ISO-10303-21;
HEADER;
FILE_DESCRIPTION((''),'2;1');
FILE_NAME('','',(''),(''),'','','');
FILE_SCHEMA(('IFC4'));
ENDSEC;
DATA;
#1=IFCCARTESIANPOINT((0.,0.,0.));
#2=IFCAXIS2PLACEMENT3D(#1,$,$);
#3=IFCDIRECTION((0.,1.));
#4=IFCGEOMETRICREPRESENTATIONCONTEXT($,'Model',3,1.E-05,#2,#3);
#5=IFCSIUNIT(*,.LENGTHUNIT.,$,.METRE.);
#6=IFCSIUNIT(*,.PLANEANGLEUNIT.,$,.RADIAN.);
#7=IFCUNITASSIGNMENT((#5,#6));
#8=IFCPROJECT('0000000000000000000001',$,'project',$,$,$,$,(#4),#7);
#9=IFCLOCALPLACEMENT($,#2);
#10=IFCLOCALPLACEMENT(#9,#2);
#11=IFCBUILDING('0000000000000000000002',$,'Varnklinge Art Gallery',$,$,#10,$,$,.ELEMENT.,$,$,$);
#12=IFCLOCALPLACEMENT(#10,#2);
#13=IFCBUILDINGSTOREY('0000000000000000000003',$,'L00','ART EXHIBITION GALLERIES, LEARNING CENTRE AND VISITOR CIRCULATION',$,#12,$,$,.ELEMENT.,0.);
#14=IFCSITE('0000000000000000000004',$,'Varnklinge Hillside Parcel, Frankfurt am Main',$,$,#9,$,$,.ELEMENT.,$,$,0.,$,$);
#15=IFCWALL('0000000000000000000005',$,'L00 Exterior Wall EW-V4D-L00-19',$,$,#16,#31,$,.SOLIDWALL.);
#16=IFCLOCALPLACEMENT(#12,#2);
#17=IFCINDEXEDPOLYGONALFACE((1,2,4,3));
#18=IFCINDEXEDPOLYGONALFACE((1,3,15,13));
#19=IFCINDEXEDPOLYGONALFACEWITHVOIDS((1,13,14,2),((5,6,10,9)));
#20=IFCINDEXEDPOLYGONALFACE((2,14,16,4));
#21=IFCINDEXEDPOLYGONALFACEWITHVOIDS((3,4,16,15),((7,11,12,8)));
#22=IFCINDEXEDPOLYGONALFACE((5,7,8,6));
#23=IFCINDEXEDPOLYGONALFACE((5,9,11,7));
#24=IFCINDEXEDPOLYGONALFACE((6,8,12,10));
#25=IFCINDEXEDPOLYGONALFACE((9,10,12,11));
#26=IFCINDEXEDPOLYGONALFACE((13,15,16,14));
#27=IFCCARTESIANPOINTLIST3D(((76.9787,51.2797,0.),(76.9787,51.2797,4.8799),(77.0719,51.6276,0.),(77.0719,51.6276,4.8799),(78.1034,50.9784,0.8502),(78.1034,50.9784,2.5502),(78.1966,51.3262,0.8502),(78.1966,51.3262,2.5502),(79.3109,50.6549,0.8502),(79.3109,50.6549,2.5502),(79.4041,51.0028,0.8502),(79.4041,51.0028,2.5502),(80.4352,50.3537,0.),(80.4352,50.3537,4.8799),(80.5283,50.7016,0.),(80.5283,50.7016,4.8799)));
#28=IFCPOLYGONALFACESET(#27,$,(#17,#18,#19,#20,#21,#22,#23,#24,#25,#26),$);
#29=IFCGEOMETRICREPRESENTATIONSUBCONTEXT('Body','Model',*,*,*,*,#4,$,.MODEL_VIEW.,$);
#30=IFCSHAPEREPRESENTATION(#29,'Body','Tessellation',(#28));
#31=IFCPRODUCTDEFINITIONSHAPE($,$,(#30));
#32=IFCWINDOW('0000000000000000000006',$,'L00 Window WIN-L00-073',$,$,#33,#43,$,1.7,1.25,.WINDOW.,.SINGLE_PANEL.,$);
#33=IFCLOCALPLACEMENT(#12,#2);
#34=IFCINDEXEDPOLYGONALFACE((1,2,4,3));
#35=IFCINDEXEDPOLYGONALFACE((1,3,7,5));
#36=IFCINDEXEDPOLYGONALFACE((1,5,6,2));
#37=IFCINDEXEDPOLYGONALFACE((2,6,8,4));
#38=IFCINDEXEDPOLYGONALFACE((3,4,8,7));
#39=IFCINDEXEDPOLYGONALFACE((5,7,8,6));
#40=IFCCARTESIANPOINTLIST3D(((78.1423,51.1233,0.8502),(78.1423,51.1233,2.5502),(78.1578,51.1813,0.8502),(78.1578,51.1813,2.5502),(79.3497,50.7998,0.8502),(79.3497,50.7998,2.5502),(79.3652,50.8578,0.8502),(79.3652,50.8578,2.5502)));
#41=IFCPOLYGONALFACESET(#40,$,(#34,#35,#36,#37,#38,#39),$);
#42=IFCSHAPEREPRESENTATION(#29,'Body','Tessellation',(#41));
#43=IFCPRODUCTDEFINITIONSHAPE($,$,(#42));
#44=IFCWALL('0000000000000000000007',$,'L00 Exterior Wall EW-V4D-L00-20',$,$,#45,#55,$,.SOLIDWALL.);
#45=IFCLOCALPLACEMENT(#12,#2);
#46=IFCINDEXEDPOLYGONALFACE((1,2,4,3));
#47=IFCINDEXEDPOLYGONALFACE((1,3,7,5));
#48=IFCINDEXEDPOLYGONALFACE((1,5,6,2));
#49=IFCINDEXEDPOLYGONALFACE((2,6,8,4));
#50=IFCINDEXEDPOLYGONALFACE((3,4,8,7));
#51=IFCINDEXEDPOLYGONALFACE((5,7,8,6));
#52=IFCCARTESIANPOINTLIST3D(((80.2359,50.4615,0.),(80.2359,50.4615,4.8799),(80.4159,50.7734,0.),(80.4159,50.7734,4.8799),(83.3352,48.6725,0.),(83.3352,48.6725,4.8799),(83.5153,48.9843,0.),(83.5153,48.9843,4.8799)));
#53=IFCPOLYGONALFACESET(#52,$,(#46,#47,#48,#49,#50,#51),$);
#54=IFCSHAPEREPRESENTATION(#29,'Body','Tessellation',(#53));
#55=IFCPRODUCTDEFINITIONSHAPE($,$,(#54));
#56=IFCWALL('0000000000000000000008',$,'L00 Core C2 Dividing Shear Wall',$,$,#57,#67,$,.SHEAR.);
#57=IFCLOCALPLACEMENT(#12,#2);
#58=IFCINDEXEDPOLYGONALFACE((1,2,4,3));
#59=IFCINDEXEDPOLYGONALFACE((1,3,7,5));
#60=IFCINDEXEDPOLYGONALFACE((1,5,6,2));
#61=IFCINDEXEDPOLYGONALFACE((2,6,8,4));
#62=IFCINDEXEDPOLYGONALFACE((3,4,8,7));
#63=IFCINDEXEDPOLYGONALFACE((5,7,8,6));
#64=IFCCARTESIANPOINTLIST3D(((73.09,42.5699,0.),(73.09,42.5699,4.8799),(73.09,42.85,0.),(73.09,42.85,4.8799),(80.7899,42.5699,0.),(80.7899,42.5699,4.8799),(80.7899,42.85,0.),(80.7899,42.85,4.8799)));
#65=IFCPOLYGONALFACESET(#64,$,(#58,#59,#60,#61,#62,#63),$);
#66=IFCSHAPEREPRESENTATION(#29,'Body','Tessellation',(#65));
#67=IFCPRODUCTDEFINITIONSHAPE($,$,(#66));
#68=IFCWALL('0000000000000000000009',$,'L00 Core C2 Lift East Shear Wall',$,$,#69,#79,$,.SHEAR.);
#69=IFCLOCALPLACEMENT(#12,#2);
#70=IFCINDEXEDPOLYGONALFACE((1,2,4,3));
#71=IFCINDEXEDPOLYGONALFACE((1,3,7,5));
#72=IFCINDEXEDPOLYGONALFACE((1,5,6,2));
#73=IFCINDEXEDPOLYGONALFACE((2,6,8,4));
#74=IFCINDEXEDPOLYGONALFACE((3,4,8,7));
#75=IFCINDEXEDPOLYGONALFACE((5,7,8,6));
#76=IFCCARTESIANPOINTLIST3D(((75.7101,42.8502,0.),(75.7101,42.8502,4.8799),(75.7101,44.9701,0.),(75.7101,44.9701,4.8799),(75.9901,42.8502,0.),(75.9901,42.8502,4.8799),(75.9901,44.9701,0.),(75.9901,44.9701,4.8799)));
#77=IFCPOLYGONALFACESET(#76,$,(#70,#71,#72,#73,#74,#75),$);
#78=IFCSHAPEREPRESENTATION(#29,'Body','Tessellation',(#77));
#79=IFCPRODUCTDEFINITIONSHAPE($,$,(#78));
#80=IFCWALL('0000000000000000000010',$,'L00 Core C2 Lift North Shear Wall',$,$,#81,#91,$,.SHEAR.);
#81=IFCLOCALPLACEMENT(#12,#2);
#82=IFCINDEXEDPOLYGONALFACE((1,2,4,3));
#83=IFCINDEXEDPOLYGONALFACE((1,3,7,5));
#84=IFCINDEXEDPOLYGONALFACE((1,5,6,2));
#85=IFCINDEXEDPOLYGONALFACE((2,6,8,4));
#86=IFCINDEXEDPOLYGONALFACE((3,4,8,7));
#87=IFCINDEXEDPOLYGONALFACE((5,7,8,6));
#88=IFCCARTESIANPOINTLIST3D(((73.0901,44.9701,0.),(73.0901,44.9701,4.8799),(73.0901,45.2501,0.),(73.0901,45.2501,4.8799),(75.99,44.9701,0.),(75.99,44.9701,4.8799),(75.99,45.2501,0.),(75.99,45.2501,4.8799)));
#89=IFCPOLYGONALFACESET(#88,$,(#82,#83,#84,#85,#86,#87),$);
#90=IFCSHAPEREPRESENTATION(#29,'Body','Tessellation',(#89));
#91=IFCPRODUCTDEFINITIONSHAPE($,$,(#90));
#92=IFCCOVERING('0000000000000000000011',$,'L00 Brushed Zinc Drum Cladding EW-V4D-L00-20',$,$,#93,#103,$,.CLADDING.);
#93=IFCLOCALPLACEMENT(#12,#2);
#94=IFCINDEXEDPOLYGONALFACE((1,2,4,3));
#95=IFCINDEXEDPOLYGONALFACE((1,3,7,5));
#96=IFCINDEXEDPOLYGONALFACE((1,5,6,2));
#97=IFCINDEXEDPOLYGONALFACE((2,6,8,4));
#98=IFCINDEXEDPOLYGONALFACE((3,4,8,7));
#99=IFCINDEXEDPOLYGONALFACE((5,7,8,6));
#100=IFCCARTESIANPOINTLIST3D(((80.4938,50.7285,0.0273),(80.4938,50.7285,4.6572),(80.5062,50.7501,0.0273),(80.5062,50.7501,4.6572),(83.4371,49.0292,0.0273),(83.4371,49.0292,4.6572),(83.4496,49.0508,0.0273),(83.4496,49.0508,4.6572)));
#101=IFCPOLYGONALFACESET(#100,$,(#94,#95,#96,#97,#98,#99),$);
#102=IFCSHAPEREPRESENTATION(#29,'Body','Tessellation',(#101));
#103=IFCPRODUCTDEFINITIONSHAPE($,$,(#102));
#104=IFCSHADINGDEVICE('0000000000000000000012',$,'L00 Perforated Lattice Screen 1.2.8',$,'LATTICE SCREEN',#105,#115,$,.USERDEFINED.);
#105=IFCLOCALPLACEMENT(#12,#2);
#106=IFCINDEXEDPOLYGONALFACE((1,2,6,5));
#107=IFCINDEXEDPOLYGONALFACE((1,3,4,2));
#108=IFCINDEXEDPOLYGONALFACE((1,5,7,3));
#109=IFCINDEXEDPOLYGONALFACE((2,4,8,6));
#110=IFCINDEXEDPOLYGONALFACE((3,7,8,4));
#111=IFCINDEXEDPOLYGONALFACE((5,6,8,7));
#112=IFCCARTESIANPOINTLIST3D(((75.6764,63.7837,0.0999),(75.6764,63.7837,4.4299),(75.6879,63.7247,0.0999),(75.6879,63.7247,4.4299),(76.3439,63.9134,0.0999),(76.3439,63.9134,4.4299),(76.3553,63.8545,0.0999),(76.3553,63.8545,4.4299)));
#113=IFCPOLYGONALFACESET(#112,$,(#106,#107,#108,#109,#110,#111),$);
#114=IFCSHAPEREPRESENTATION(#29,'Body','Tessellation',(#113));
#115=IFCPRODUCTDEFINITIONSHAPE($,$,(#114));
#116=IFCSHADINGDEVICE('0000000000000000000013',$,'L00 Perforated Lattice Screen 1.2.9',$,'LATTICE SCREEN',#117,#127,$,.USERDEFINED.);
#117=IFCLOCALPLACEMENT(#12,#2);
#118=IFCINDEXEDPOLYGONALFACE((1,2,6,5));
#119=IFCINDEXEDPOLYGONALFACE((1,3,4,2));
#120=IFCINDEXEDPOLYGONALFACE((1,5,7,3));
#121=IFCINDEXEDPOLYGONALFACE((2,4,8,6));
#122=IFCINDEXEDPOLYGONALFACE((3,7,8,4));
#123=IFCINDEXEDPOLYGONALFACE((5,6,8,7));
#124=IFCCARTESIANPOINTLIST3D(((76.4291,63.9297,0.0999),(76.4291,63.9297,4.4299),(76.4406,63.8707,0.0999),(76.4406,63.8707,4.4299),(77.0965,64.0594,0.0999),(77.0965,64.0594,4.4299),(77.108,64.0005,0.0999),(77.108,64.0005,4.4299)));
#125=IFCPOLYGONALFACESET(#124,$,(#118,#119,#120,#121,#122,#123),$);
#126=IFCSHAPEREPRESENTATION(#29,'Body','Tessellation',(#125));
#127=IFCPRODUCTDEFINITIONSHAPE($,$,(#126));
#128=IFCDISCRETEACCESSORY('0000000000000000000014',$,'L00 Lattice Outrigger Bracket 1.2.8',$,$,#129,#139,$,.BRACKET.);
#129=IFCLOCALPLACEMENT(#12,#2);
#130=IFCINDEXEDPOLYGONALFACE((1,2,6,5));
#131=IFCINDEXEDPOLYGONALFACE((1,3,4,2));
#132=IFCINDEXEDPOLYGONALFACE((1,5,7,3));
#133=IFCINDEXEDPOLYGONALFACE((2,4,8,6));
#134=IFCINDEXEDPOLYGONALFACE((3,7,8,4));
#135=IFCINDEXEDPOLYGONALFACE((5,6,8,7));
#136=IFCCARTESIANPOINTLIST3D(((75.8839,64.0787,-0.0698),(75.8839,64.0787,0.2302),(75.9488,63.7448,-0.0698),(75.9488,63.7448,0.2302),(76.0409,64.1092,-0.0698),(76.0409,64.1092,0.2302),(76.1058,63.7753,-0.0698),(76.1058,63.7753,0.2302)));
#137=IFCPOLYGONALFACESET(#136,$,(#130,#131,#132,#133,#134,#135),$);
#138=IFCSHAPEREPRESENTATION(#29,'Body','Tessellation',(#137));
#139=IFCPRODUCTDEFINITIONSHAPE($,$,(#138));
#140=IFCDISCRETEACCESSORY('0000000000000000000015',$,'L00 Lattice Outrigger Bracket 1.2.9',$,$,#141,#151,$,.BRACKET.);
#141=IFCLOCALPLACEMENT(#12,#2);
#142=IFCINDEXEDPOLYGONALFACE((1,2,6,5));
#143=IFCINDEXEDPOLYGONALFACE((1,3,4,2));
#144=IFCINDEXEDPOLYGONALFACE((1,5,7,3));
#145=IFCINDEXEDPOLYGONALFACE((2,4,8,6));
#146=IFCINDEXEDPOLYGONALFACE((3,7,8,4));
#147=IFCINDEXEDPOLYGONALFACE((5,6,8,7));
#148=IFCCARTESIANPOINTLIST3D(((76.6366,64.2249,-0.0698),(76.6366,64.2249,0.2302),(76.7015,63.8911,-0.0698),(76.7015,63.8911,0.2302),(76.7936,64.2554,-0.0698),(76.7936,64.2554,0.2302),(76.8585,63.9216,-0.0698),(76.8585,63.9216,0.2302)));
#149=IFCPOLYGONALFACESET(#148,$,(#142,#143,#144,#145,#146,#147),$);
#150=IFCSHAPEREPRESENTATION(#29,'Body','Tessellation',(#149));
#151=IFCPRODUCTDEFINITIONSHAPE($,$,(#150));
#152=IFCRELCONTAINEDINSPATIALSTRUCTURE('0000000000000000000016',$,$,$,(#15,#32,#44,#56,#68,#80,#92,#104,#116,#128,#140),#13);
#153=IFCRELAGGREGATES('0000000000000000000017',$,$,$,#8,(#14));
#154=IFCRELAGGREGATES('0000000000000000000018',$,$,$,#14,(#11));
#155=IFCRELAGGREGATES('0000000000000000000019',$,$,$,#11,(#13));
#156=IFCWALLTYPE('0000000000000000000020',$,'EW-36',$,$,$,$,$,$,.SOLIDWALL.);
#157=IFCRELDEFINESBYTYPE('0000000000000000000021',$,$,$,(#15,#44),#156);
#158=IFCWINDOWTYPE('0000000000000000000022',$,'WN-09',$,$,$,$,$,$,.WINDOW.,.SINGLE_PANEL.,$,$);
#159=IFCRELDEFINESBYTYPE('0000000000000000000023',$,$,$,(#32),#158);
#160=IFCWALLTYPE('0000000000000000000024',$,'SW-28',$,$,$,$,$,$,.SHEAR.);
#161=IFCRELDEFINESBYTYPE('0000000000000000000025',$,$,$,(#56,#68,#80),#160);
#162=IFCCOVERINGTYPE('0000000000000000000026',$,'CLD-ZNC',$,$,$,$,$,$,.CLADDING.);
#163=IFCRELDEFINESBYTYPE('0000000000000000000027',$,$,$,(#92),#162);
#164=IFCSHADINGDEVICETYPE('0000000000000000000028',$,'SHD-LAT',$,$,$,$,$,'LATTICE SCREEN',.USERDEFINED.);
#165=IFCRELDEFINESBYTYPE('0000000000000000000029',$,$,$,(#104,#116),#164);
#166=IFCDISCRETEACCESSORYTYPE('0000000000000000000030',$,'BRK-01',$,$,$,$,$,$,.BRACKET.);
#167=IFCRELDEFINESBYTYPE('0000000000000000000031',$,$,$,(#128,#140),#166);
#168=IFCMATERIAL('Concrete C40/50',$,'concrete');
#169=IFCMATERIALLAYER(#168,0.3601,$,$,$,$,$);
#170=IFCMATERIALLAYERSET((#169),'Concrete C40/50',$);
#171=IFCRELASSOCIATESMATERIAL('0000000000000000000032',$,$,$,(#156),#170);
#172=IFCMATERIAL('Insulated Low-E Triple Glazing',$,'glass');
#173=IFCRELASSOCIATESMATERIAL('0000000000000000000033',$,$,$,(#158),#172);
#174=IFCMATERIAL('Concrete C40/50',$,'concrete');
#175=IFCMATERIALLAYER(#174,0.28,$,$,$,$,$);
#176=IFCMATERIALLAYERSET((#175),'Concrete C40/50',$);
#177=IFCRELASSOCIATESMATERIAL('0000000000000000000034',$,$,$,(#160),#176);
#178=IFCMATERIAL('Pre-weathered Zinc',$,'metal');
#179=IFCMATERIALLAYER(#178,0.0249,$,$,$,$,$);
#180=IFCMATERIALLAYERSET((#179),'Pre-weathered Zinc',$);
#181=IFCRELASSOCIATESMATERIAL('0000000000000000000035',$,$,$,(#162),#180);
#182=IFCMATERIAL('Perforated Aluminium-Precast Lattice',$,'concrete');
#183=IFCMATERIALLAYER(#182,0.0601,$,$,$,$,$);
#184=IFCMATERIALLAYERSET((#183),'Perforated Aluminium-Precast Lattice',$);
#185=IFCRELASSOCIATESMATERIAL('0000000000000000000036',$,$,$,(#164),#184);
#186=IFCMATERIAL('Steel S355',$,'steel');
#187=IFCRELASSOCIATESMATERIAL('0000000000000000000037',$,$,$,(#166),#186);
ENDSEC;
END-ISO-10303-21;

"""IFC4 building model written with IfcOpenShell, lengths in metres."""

from ifc_helpers import new_model, si_unit, direction, frame, frame_2d, origin, origin_2d, place, context, subcontext, project, spatial, rectangle, extrude, material, layer, layer_set, type_object, element, fill, save


model = new_model("IFC4")

# Units and contexts
model_context = context("Model", 3, precision=1e-05, world=origin(), true_north=direction((0.0, 1.0)))
body_context = subcontext(model_context, "Body", "Model", "MODEL_VIEW")
ifc_project = project(units=[si_unit("LENGTHUNIT", "METRE"), si_unit("PLANEANGLEUNIT", "RADIAN")], contexts=[model_context])

# Site, building, storey
site_placement = place(None, origin())
site = spatial("IfcSite", under=ifc_project, at=site_placement, Name="Varnklinge Hillside Parcel, Frankfurt am Main", CompositionType="ELEMENT", RefElevation=0.0)
building_placement = place(site_placement, origin())
building = spatial("IfcBuilding", under=site, at=building_placement, Name="Varnklinge Art Gallery", CompositionType="ELEMENT")
storey_placement = place(building_placement, origin())
storey = spatial("IfcBuildingStorey", under=building, at=storey_placement, Name="L00", Description="ART EXHIBITION GALLERIES, LEARNING CENTRE AND VISITOR CIRCULATION", CompositionType="ELEMENT", Elevation=0.0)

# Wall, opening, window
ifc_material_1 = material(Name="Concrete C40/50", Category="concrete")
ifc_layer_1 = layer(ifc_material_1, 0.3601)
ifc_layer_set_1 = layer_set([ifc_layer_1], Name="Concrete C40/50")
wall_type_1 = type_object("IfcWallType", Name="EW-36", PredefinedType="SOLIDWALL", material=ifc_layer_set_1)
wall_1_placement = place(storey_placement, frame((77.0254, 51.4536, 0.0), z_axis=(0.0, 0.0, 1.0), x_axis=(0.965936, -0.258779, 0.0)))
wall_1 = element("IfcWall", 1, at=wall_1_placement, inside=storey, type_object=wall_type_1, Name="L00 Exterior Wall EW-V4D-L00-19", PredefinedType="SOLIDWALL", context=body_context, shape_type="SweptSolid", body=[
    extrude(rectangle(XDim=3.5784, YDim=0.3601, at=frame_2d((1.7891, 0.0))), origin(), (0.0, 0.0, 1.0), 4.8799),
])
opening_placement = place(wall_1_placement, frame((1.1643, 0.0, 0.8501)))
opening = element("IfcOpeningElement", 2, at=opening_placement, cuts=wall_1, PredefinedType="OPENING", context=body_context, shape_type="SweptSolid", body=[
    extrude(rectangle(XDim=1.25, YDim=1.7, at=frame_2d((0.625, 0.8501))), frame((0.0, 0.1902, 0.0), z_axis=(0.0, -1.0, 0.0), x_axis=(1.0, 0.0, 0.0)), (0.0, 0.0, 1.0), 0.3801),
])
ifc_material_2 = material(Name="Insulated Low-E Triple Glazing", Category="glass")
window_type = type_object("IfcWindowType", Name="WN-09", PartitioningType="SINGLE_PANEL", PredefinedType="WINDOW", material=ifc_material_2)
window_placement = place(opening_placement, origin())
window = element("IfcWindow", 3, at=window_placement, inside=storey, type_object=window_type, Name="L00 Window WIN-L00-073", OverallHeight=1.7, OverallWidth=1.25, PartitioningType="SINGLE_PANEL", PredefinedType="WINDOW", context=body_context, shape_type="SweptSolid", body=[
    extrude(rectangle(XDim=1.25, YDim=1.7, at=frame_2d((0.625, 0.8501))), frame((0.0, 0.03, 0.0), z_axis=(0.0, -1.0, 0.0), x_axis=(1.0, 0.0, 0.0)), (0.0, 0.0, 1.0), 0.0601),
])
fill(opening, window)

# Walls
wall_2_placement = place(storey_placement, frame((80.3259, 50.6174, 0.0), z_axis=(0.0, 0.0, 1.0), x_axis=(0.866069, -0.499925, 0.0)))
element("IfcWall", 4, at=wall_2_placement, inside=storey, type_object=wall_type_1, Name="L00 Exterior Wall EW-V4D-L00-20", PredefinedType="SOLIDWALL", context=body_context, shape_type="SweptSolid", body=[
    extrude(rectangle(XDim=3.5786, YDim=0.3601, at=frame_2d((1.7893, 0.0))), origin(), (0.0, 0.0, 1.0), 4.8799),
])
ifc_material_3 = material(Name="Concrete C40/50", Category="concrete")
ifc_layer_2 = layer(ifc_material_3, 0.28)
ifc_layer_set_2 = layer_set([ifc_layer_2], Name="Concrete C40/50")
wall_type_2 = type_object("IfcWallType", Name="SW-28", PredefinedType="SHEAR", material=ifc_layer_set_2)
wall_3_placement = place(storey_placement, frame((80.79, 42.71, 0.0), z_axis=(0.0, 0.0, 1.0), x_axis=(-1.0, 0.0, 0.0)))
element("IfcWall", 5, at=wall_3_placement, inside=storey, type_object=wall_type_2, Name="L00 Core C2 Dividing Shear Wall", PredefinedType="SHEAR", context=body_context, shape_type="SweptSolid", body=[
    extrude(rectangle(XDim=7.7, YDim=0.28, at=frame_2d((3.8501, 0.0))), origin(), (0.0, 0.0, 1.0), 4.8799),
])
wall_4_placement = place(storey_placement, frame((75.8501, 42.8501, 0.0), z_axis=(0.0, 0.0, 1.0), x_axis=(0.0, 1.0, 0.0)))
element("IfcWall", 6, at=wall_4_placement, inside=storey, type_object=wall_type_2, Name="L00 Core C2 Lift East Shear Wall", PredefinedType="SHEAR", context=body_context, shape_type="SweptSolid", body=[
    extrude(rectangle(XDim=2.1199, YDim=0.28, at=frame_2d((1.0601, 0.0))), origin(), (0.0, 0.0, 1.0), 4.8799),
])
wall_5_placement = place(storey_placement, frame((75.99, 45.1101, 0.0), z_axis=(0.0, 0.0, 1.0), x_axis=(-1.0, 0.0, 0.0)))
element("IfcWall", 7, at=wall_5_placement, inside=storey, type_object=wall_type_2, Name="L00 Core C2 Lift North Shear Wall", PredefinedType="SHEAR", context=body_context, shape_type="SweptSolid", body=[
    extrude(rectangle(XDim=2.8999, YDim=0.28, at=frame_2d((1.45, 0.0))), origin(), (0.0, 0.0, 1.0), 4.8799),
])

# Covering
ifc_material_4 = material(Name="Pre-weathered Zinc", Category="metal")
ifc_layer_3 = layer(ifc_material_4, 0.0249)
ifc_layer_set_3 = layer_set([ifc_layer_3], Name="Pre-weathered Zinc")
covering_type = type_object("IfcCoveringType", Name="CLD-ZNC", PredefinedType="CLADDING", material=ifc_layer_set_3)
covering_placement = place(storey_placement, frame((81.9717, 49.8896, 0.0273), z_axis=(0.0, 0.0, 1.0), x_axis=(0.866025, -0.5, 0.0)))
element("IfcCovering", 8, at=covering_placement, inside=storey, type_object=covering_type, Name="L00 Brushed Zinc Drum Cladding EW-V4D-L00-20", PredefinedType="CLADDING", context=body_context, shape_type="SweptSolid", body=[
    extrude(rectangle(XDim=3.3987, YDim=0.0249, at=origin_2d()), origin(), (0.0, 0.0, 1.0), 4.6299),
])

# Shading devices
ifc_material_5 = material(Name="Perforated Aluminium-Precast Lattice", Category="concrete")
ifc_layer_4 = layer(ifc_material_5, 0.0601)
ifc_layer_set_4 = layer_set([ifc_layer_4], Name="Perforated Aluminium-Precast Lattice")
shading_device_type = type_object("IfcShadingDeviceType", Name="SHD-LAT", ElementType="LATTICE SCREEN", PredefinedType="USERDEFINED", material=ifc_layer_set_4)
for number, where, z_axis, x_axis, name in (
    (9, (76.0159, 63.8191, 0.0999), (0.0, 0.0, 1.0), (0.981627, 0.190809, 0.0), "L00 Perforated Lattice Screen 1.2.8"),
    (10, (76.7686, 63.9651, 0.0999), (0.0, 0.0, 1.0), (0.981627, 0.190809, 0.0), "L00 Perforated Lattice Screen 1.2.9"),
):
    element("IfcShadingDevice", number, at=place(storey_placement, frame(where, z_axis=z_axis, x_axis=x_axis)), inside=storey, type_object=shading_device_type, Name=name, ObjectType="LATTICE SCREEN", PredefinedType="USERDEFINED", context=body_context, shape_type="SweptSolid", body=[
        extrude(rectangle(XDim=0.6799, YDim=0.0601, at=origin_2d()), origin(), (0.0, 0.0, 1.0), 4.3301),
    ])

# Discrete accessories
ifc_material_6 = material(Name="Steel S355", Category="steel")
discrete_accessory_type = type_object("IfcDiscreteAccessoryType", Name="BRK-01", PredefinedType="BRACKET", material=ifc_material_6)
for number, where, z_axis, x_axis, name in (
    (11, (75.9949, 63.927, -0.0698), (0.0, 0.0, 1.0), (0.981627, 0.190809, 0.0), "L00 Lattice Outrigger Bracket 1.2.8"),
    (12, (76.7476, 64.0732, -0.0698), (0.0, 0.0, 1.0), (0.981627, 0.190809, 0.0), "L00 Lattice Outrigger Bracket 1.2.9"),
):
    element("IfcDiscreteAccessory", number, at=place(storey_placement, frame(where, z_axis=z_axis, x_axis=x_axis)), inside=storey, type_object=discrete_accessory_type, Name=name, PredefinedType="BRACKET", context=body_context, shape_type="SweptSolid", body=[
        extrude(rectangle(XDim=0.1599, YDim=0.3401, at=origin_2d()), origin(), (0.0, 0.0, 1.0), 0.3),
    ])

save(model, "model.ifc")
